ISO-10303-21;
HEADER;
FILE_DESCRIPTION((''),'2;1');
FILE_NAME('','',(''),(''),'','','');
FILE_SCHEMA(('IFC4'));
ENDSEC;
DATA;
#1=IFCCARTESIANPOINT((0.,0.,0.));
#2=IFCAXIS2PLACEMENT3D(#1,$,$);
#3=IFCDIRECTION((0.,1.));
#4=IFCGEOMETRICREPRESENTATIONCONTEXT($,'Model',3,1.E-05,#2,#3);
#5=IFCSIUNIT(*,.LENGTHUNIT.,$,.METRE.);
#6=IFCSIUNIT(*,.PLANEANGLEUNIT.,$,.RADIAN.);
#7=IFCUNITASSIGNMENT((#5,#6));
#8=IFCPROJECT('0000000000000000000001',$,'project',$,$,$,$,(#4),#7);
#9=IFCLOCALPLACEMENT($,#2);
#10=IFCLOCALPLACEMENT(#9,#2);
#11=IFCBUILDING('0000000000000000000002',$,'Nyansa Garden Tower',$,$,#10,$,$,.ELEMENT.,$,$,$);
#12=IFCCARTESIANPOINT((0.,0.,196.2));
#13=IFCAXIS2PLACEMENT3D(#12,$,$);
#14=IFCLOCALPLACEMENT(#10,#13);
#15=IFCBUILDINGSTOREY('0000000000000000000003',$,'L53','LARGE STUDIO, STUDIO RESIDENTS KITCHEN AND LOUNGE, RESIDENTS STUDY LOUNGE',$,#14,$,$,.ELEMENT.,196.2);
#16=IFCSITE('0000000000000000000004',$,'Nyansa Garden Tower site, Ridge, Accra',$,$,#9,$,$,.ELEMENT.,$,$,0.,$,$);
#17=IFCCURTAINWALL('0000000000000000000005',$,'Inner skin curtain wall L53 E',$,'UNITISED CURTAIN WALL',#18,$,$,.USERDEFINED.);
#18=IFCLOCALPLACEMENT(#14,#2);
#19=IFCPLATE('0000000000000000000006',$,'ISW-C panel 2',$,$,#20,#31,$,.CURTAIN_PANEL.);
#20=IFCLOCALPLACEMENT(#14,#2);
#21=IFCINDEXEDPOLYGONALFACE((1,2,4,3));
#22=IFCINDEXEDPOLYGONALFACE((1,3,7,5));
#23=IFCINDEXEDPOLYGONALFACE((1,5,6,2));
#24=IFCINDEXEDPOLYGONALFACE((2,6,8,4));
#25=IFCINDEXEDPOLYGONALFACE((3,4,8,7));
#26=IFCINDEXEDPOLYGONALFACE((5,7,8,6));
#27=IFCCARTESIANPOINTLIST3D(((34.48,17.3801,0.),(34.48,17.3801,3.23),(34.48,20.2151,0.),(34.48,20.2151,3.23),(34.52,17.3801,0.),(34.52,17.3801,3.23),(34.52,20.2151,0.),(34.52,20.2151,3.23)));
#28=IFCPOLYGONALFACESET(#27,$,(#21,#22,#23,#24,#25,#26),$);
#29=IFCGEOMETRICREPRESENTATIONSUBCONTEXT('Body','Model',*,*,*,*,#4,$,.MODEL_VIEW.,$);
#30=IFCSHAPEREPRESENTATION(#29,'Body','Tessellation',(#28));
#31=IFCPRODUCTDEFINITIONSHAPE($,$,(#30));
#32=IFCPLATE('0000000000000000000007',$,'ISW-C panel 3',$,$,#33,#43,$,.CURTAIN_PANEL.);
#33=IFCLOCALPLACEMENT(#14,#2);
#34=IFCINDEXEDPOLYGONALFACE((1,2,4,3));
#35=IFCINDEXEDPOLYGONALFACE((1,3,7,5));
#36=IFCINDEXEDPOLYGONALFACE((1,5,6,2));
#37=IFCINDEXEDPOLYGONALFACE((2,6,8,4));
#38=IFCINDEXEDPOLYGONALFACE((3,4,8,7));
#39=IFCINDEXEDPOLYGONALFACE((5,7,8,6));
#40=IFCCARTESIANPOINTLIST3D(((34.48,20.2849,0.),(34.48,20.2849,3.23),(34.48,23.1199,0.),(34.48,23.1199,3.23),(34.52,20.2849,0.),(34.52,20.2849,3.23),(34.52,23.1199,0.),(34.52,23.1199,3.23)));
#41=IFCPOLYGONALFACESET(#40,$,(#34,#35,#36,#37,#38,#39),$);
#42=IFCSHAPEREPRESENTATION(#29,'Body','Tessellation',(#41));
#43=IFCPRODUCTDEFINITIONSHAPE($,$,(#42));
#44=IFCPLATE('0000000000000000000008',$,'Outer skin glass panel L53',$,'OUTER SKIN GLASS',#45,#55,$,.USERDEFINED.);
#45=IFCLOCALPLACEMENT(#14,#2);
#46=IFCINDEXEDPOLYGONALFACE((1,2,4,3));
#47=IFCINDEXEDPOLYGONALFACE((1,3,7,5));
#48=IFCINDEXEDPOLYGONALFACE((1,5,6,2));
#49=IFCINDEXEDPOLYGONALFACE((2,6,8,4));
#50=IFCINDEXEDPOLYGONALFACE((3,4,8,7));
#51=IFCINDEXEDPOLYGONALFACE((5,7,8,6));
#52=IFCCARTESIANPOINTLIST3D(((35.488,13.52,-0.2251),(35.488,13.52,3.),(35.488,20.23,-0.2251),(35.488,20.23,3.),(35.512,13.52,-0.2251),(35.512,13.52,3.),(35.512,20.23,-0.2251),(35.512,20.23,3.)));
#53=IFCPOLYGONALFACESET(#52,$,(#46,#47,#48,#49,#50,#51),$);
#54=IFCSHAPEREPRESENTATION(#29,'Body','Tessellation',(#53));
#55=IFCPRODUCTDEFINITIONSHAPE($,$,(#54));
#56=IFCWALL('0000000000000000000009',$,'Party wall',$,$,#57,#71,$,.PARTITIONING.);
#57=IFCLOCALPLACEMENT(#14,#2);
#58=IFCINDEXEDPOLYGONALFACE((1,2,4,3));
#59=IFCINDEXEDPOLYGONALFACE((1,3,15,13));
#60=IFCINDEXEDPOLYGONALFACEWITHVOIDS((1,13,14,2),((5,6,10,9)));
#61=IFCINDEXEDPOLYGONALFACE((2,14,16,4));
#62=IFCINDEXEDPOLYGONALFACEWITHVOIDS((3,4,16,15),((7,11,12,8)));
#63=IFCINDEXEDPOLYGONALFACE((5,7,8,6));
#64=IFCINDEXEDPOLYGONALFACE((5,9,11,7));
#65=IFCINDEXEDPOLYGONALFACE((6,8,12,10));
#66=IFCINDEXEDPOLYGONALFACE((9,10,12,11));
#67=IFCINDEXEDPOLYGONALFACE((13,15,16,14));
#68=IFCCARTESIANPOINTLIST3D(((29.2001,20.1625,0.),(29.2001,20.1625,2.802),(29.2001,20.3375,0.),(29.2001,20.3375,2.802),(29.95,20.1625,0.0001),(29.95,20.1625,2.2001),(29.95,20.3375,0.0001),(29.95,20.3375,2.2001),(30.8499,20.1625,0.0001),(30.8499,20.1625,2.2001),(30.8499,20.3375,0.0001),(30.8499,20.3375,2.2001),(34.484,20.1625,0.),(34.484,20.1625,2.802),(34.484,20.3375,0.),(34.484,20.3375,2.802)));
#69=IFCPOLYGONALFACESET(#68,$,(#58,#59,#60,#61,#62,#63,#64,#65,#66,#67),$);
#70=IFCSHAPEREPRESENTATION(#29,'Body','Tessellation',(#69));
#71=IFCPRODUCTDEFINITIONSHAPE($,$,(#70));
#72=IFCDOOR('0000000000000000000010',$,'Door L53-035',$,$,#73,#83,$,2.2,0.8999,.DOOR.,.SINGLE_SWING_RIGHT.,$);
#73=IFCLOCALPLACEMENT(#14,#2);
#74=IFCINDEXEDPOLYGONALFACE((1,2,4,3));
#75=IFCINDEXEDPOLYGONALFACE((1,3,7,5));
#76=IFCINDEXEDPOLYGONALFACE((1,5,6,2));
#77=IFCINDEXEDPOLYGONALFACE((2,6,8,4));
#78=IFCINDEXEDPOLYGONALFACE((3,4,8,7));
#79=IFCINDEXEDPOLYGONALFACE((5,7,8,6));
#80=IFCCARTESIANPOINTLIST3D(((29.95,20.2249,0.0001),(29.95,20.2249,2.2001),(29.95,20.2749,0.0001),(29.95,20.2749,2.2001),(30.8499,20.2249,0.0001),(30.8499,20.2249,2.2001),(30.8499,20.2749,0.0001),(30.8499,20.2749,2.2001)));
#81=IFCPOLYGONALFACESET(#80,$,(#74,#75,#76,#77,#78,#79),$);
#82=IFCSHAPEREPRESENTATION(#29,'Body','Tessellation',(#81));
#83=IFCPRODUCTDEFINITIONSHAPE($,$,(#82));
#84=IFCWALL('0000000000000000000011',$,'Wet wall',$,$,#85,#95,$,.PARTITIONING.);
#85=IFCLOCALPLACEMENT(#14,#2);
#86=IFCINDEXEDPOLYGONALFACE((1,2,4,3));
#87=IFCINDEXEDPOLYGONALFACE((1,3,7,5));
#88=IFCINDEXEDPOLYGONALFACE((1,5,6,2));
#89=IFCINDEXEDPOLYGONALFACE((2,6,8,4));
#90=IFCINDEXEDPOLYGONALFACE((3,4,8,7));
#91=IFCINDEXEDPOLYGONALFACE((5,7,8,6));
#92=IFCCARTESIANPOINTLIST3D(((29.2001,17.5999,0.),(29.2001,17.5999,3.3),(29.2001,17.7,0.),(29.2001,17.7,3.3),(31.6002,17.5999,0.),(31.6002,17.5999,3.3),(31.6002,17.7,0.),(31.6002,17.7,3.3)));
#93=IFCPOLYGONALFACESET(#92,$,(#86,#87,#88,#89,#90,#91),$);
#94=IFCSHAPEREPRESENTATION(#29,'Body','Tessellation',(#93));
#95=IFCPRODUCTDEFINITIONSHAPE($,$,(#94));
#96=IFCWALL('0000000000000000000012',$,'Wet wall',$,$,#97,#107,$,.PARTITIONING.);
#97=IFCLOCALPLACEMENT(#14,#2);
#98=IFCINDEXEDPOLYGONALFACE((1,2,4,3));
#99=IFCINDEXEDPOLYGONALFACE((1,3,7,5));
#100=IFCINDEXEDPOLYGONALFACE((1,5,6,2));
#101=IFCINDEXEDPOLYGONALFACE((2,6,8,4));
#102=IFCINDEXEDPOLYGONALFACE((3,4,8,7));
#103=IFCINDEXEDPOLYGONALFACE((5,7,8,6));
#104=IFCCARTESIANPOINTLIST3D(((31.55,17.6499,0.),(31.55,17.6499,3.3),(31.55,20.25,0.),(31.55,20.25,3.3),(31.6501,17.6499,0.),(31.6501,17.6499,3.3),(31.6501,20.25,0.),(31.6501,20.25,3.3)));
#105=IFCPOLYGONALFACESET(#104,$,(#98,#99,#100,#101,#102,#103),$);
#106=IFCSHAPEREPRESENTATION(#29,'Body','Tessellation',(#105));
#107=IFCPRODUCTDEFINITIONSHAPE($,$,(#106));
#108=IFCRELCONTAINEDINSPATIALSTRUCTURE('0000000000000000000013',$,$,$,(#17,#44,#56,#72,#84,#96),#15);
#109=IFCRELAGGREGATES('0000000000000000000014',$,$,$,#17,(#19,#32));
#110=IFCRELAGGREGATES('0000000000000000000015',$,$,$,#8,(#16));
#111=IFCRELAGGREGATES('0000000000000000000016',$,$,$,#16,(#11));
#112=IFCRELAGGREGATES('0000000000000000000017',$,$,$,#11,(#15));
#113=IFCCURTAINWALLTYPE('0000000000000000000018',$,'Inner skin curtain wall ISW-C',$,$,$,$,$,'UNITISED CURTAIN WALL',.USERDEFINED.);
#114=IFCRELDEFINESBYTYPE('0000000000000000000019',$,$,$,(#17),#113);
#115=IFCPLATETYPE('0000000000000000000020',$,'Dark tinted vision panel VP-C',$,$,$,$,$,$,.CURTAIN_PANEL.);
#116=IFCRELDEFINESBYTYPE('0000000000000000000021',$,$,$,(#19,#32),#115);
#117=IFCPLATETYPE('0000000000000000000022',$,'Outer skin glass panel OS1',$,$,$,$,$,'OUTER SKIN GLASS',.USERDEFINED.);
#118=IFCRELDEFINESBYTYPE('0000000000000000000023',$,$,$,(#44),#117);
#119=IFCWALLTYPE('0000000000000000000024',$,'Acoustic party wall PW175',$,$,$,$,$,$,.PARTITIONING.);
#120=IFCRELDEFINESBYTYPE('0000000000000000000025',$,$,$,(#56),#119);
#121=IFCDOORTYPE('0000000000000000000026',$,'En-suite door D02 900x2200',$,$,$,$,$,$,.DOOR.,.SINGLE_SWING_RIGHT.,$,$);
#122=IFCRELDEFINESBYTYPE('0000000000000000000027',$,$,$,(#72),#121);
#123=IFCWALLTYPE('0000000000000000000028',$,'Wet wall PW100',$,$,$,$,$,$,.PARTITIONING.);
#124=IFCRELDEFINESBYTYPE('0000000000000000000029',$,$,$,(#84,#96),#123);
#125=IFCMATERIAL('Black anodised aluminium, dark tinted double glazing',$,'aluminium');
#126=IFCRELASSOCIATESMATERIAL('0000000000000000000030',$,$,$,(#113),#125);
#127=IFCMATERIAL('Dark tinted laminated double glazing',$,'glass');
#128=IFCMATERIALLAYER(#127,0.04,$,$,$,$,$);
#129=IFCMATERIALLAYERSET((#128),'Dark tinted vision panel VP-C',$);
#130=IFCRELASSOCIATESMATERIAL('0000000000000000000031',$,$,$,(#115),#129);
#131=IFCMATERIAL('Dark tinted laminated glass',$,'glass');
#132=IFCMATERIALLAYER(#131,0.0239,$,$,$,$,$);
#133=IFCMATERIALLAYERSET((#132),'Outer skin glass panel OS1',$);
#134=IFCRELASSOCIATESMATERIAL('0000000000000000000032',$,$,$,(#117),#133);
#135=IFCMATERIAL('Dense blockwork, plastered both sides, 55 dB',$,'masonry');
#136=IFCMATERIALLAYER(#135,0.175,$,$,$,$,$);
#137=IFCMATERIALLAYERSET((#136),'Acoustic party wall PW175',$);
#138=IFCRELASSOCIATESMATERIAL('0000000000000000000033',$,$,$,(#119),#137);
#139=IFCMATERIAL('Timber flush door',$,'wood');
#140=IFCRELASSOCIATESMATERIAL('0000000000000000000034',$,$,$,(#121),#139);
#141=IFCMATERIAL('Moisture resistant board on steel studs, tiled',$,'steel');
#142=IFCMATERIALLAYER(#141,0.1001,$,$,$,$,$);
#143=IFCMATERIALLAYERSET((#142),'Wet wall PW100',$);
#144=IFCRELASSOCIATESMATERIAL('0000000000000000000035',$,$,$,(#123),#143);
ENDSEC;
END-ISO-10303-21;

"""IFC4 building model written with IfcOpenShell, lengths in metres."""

from ifc_helpers import new_model, si_unit, direction, frame, frame_2d, origin, origin_2d, place, context, subcontext, project, spatial, rectangle, extrude, material, layer, layer_set, type_object, element, fill, aggregate, save


model = new_model("IFC4")

# Units and contexts
model_context = context("Model", 3, precision=1e-05, world=origin(), true_north=direction((0.0, 1.0)))
body_context = subcontext(model_context, "Body", "Model", "MODEL_VIEW")
ifc_project = project(units=[si_unit("LENGTHUNIT", "METRE"), si_unit("PLANEANGLEUNIT", "RADIAN")], contexts=[model_context])

# Site, building, storey
site_placement = place(None, origin())
site = spatial("IfcSite", under=ifc_project, at=site_placement, Name="Nyansa Garden Tower site, Ridge, Accra", CompositionType="ELEMENT", RefElevation=0.0)
building_placement = place(site_placement, origin())
building = spatial("IfcBuilding", under=site, at=building_placement, Name="Nyansa Garden Tower", CompositionType="ELEMENT")
storey_placement = place(building_placement, frame((0.0, 0.0, 196.2)))
storey = spatial("IfcBuildingStorey", under=building, at=storey_placement, Name="L53", Description="LARGE STUDIO, STUDIO RESIDENTS KITCHEN AND LOUNGE, RESIDENTS STUDY LOUNGE", CompositionType="ELEMENT", Elevation=196.2)

# Curtain wall
ifc_material_1 = material(Name="Black anodised aluminium, dark tinted double glazing", Category="aluminium")
curtain_wall_type = type_object("IfcCurtainWallType", Name="Inner skin curtain wall ISW-C", ElementType="UNITISED CURTAIN WALL", PredefinedType="USERDEFINED", material=ifc_material_1)
curtain_wall_placement = place(storey_placement, origin())
curtain_wall = element("IfcCurtainWall", 1, at=curtain_wall_placement, inside=storey, type_object=curtain_wall_type, Name="Inner skin curtain wall L53 E", ObjectType="UNITISED CURTAIN WALL", PredefinedType="USERDEFINED")

# Plates
ifc_material_2 = material(Name="Dark tinted laminated double glazing", Category="glass")
ifc_layer_1 = layer(ifc_material_2, 0.04)
ifc_layer_set_1 = layer_set([ifc_layer_1], Name="Dark tinted vision panel VP-C")
plate_type_1 = type_object("IfcPlateType", Name="Dark tinted vision panel VP-C", PredefinedType="CURTAIN_PANEL", material=ifc_layer_set_1)
plate_1_placement = place(storey_placement, frame((34.5, 18.7976, 0.0), z_axis=(0.0, 0.0, 1.0), x_axis=(0.0, 1.0, 0.0)))
plate_1 = element("IfcPlate", 2, at=plate_1_placement, type_object=plate_type_1, Name="ISW-C panel 2", PredefinedType="CURTAIN_PANEL", context=body_context, shape_type="SweptSolid", body=[
    extrude(rectangle(XDim=2.835, YDim=0.04, at=origin_2d()), origin(), (0.0, 0.0, 1.0), 3.23),
])
plate_2_placement = place(storey_placement, frame((34.5, 21.7024, 0.0), z_axis=(0.0, 0.0, 1.0), x_axis=(0.0, 1.0, 0.0)))
plate_2 = element("IfcPlate", 3, at=plate_2_placement, type_object=plate_type_1, Name="ISW-C panel 3", PredefinedType="CURTAIN_PANEL", context=body_context, shape_type="SweptSolid", body=[
    extrude(rectangle(XDim=2.835, YDim=0.04, at=origin_2d()), origin(), (0.0, 0.0, 1.0), 3.23),
])
aggregate(curtain_wall, [plate_1, plate_2])
ifc_material_3 = material(Name="Dark tinted laminated glass", Category="glass")
ifc_layer_2 = layer(ifc_material_3, 0.0239)
ifc_layer_set_2 = layer_set([ifc_layer_2], Name="Outer skin glass panel OS1")
plate_type_2 = type_object("IfcPlateType", Name="Outer skin glass panel OS1", ElementType="OUTER SKIN GLASS", PredefinedType="USERDEFINED", material=ifc_layer_set_2)
plate_3_placement = place(storey_placement, frame((35.5, 16.875, -0.2251), z_axis=(0.0, 0.0, 1.0), x_axis=(0.0, 1.0, 0.0)))
element("IfcPlate", 4, at=plate_3_placement, inside=storey, type_object=plate_type_2, Name="Outer skin glass panel L53", ObjectType="OUTER SKIN GLASS", PredefinedType="USERDEFINED", context=body_context, shape_type="SweptSolid", body=[
    extrude(rectangle(XDim=6.71, YDim=0.0239, at=origin_2d()), origin(), (0.0, 0.0, 1.0), 3.2251),
])

# Wall, opening, door
ifc_material_4 = material(Name="Dense blockwork, plastered both sides, 55 dB", Category="masonry")
ifc_layer_3 = layer(ifc_material_4, 0.175)
ifc_layer_set_3 = layer_set([ifc_layer_3], Name="Acoustic party wall PW175")
wall_type_1 = type_object("IfcWallType", Name="Acoustic party wall PW175", PredefinedType="PARTITIONING", material=ifc_layer_set_3)
wall_1_placement = place(storey_placement, frame((29.2, 20.25, 0.0), z_axis=(0.0, 0.0, 1.0), x_axis=(1.0, 0.0, 0.0)))
wall_1 = element("IfcWall", 5, at=wall_1_placement, inside=storey, type_object=wall_type_1, Name="Party wall", PredefinedType="PARTITIONING", context=body_context, shape_type="SweptSolid", body=[
    extrude(rectangle(XDim=5.2839, YDim=0.175, at=frame_2d((2.6421, 0.0))), origin(), (0.0, 0.0, 1.0), 2.802),
])
opening_placement = place(wall_1_placement, frame((0.75, 0.0, 0.0)))
opening = element("IfcOpeningElement", 6, at=opening_placement, cuts=wall_1, PredefinedType="OPENING", context=body_context, shape_type="SweptSolid", body=[
    extrude(rectangle(XDim=0.8999, YDim=2.2, at=frame_2d((0.45, 1.1001))), frame((0.0, 0.0974, 0.0), z_axis=(0.0, -1.0, 0.0), x_axis=(1.0, 0.0, 0.0)), (0.0, 0.0, 1.0), 0.1951),
])
ifc_material_5 = material(Name="Timber flush door", Category="wood")
door_type = type_object("IfcDoorType", Name="En-suite door D02 900x2200", OperationType="SINGLE_SWING_RIGHT", PredefinedType="DOOR", material=ifc_material_5)
door_placement = place(opening_placement, origin())
door = element("IfcDoor", 7, at=door_placement, inside=storey, type_object=door_type, Name="Door L53-035", OperationType="SINGLE_SWING_RIGHT", OverallHeight=2.2, OverallWidth=0.8999, PredefinedType="DOOR", context=body_context, shape_type="SweptSolid", body=[
    extrude(rectangle(XDim=0.8999, YDim=2.2, at=frame_2d((0.45, 1.1001))), frame((0.0, 0.0249, 0.0), z_axis=(0.0, -1.0, 0.0), x_axis=(1.0, 0.0, 0.0)), (0.0, 0.0, 1.0), 0.05),
])
fill(opening, door)

# Walls
ifc_material_6 = material(Name="Moisture resistant board on steel studs, tiled", Category="steel")
ifc_layer_4 = layer(ifc_material_6, 0.1001)
ifc_layer_set_4 = layer_set([ifc_layer_4], Name="Wet wall PW100")
wall_type_2 = type_object("IfcWallType", Name="Wet wall PW100", PredefinedType="PARTITIONING", material=ifc_layer_set_4)
wall_2_placement = place(storey_placement, frame((29.2, 17.6499, 0.0), z_axis=(0.0, 0.0, 1.0), x_axis=(1.0, 0.0, 0.0)))
element("IfcWall", 8, at=wall_2_placement, inside=storey, type_object=wall_type_2, Name="Wet wall", PredefinedType="PARTITIONING", context=body_context, shape_type="SweptSolid", body=[
    extrude(rectangle(XDim=2.4001, YDim=0.1001, at=frame_2d((1.2002, 0.0))), origin(), (0.0, 0.0, 1.0), 3.3),
])
wall_3_placement = place(storey_placement, frame((31.6001, 17.6499, 0.0), z_axis=(0.0, 0.0, 1.0), x_axis=(0.0, 1.0, 0.0)))
element("IfcWall", 9, at=wall_3_placement, inside=storey, type_object=wall_type_2, Name="Wet wall", PredefinedType="PARTITIONING", context=body_context, shape_type="SweptSolid", body=[
    extrude(rectangle(XDim=2.6001, YDim=0.1001, at=frame_2d((1.3, 0.0))), origin(), (0.0, 0.0, 1.0), 3.3),
])

save(model, "model.ifc")
